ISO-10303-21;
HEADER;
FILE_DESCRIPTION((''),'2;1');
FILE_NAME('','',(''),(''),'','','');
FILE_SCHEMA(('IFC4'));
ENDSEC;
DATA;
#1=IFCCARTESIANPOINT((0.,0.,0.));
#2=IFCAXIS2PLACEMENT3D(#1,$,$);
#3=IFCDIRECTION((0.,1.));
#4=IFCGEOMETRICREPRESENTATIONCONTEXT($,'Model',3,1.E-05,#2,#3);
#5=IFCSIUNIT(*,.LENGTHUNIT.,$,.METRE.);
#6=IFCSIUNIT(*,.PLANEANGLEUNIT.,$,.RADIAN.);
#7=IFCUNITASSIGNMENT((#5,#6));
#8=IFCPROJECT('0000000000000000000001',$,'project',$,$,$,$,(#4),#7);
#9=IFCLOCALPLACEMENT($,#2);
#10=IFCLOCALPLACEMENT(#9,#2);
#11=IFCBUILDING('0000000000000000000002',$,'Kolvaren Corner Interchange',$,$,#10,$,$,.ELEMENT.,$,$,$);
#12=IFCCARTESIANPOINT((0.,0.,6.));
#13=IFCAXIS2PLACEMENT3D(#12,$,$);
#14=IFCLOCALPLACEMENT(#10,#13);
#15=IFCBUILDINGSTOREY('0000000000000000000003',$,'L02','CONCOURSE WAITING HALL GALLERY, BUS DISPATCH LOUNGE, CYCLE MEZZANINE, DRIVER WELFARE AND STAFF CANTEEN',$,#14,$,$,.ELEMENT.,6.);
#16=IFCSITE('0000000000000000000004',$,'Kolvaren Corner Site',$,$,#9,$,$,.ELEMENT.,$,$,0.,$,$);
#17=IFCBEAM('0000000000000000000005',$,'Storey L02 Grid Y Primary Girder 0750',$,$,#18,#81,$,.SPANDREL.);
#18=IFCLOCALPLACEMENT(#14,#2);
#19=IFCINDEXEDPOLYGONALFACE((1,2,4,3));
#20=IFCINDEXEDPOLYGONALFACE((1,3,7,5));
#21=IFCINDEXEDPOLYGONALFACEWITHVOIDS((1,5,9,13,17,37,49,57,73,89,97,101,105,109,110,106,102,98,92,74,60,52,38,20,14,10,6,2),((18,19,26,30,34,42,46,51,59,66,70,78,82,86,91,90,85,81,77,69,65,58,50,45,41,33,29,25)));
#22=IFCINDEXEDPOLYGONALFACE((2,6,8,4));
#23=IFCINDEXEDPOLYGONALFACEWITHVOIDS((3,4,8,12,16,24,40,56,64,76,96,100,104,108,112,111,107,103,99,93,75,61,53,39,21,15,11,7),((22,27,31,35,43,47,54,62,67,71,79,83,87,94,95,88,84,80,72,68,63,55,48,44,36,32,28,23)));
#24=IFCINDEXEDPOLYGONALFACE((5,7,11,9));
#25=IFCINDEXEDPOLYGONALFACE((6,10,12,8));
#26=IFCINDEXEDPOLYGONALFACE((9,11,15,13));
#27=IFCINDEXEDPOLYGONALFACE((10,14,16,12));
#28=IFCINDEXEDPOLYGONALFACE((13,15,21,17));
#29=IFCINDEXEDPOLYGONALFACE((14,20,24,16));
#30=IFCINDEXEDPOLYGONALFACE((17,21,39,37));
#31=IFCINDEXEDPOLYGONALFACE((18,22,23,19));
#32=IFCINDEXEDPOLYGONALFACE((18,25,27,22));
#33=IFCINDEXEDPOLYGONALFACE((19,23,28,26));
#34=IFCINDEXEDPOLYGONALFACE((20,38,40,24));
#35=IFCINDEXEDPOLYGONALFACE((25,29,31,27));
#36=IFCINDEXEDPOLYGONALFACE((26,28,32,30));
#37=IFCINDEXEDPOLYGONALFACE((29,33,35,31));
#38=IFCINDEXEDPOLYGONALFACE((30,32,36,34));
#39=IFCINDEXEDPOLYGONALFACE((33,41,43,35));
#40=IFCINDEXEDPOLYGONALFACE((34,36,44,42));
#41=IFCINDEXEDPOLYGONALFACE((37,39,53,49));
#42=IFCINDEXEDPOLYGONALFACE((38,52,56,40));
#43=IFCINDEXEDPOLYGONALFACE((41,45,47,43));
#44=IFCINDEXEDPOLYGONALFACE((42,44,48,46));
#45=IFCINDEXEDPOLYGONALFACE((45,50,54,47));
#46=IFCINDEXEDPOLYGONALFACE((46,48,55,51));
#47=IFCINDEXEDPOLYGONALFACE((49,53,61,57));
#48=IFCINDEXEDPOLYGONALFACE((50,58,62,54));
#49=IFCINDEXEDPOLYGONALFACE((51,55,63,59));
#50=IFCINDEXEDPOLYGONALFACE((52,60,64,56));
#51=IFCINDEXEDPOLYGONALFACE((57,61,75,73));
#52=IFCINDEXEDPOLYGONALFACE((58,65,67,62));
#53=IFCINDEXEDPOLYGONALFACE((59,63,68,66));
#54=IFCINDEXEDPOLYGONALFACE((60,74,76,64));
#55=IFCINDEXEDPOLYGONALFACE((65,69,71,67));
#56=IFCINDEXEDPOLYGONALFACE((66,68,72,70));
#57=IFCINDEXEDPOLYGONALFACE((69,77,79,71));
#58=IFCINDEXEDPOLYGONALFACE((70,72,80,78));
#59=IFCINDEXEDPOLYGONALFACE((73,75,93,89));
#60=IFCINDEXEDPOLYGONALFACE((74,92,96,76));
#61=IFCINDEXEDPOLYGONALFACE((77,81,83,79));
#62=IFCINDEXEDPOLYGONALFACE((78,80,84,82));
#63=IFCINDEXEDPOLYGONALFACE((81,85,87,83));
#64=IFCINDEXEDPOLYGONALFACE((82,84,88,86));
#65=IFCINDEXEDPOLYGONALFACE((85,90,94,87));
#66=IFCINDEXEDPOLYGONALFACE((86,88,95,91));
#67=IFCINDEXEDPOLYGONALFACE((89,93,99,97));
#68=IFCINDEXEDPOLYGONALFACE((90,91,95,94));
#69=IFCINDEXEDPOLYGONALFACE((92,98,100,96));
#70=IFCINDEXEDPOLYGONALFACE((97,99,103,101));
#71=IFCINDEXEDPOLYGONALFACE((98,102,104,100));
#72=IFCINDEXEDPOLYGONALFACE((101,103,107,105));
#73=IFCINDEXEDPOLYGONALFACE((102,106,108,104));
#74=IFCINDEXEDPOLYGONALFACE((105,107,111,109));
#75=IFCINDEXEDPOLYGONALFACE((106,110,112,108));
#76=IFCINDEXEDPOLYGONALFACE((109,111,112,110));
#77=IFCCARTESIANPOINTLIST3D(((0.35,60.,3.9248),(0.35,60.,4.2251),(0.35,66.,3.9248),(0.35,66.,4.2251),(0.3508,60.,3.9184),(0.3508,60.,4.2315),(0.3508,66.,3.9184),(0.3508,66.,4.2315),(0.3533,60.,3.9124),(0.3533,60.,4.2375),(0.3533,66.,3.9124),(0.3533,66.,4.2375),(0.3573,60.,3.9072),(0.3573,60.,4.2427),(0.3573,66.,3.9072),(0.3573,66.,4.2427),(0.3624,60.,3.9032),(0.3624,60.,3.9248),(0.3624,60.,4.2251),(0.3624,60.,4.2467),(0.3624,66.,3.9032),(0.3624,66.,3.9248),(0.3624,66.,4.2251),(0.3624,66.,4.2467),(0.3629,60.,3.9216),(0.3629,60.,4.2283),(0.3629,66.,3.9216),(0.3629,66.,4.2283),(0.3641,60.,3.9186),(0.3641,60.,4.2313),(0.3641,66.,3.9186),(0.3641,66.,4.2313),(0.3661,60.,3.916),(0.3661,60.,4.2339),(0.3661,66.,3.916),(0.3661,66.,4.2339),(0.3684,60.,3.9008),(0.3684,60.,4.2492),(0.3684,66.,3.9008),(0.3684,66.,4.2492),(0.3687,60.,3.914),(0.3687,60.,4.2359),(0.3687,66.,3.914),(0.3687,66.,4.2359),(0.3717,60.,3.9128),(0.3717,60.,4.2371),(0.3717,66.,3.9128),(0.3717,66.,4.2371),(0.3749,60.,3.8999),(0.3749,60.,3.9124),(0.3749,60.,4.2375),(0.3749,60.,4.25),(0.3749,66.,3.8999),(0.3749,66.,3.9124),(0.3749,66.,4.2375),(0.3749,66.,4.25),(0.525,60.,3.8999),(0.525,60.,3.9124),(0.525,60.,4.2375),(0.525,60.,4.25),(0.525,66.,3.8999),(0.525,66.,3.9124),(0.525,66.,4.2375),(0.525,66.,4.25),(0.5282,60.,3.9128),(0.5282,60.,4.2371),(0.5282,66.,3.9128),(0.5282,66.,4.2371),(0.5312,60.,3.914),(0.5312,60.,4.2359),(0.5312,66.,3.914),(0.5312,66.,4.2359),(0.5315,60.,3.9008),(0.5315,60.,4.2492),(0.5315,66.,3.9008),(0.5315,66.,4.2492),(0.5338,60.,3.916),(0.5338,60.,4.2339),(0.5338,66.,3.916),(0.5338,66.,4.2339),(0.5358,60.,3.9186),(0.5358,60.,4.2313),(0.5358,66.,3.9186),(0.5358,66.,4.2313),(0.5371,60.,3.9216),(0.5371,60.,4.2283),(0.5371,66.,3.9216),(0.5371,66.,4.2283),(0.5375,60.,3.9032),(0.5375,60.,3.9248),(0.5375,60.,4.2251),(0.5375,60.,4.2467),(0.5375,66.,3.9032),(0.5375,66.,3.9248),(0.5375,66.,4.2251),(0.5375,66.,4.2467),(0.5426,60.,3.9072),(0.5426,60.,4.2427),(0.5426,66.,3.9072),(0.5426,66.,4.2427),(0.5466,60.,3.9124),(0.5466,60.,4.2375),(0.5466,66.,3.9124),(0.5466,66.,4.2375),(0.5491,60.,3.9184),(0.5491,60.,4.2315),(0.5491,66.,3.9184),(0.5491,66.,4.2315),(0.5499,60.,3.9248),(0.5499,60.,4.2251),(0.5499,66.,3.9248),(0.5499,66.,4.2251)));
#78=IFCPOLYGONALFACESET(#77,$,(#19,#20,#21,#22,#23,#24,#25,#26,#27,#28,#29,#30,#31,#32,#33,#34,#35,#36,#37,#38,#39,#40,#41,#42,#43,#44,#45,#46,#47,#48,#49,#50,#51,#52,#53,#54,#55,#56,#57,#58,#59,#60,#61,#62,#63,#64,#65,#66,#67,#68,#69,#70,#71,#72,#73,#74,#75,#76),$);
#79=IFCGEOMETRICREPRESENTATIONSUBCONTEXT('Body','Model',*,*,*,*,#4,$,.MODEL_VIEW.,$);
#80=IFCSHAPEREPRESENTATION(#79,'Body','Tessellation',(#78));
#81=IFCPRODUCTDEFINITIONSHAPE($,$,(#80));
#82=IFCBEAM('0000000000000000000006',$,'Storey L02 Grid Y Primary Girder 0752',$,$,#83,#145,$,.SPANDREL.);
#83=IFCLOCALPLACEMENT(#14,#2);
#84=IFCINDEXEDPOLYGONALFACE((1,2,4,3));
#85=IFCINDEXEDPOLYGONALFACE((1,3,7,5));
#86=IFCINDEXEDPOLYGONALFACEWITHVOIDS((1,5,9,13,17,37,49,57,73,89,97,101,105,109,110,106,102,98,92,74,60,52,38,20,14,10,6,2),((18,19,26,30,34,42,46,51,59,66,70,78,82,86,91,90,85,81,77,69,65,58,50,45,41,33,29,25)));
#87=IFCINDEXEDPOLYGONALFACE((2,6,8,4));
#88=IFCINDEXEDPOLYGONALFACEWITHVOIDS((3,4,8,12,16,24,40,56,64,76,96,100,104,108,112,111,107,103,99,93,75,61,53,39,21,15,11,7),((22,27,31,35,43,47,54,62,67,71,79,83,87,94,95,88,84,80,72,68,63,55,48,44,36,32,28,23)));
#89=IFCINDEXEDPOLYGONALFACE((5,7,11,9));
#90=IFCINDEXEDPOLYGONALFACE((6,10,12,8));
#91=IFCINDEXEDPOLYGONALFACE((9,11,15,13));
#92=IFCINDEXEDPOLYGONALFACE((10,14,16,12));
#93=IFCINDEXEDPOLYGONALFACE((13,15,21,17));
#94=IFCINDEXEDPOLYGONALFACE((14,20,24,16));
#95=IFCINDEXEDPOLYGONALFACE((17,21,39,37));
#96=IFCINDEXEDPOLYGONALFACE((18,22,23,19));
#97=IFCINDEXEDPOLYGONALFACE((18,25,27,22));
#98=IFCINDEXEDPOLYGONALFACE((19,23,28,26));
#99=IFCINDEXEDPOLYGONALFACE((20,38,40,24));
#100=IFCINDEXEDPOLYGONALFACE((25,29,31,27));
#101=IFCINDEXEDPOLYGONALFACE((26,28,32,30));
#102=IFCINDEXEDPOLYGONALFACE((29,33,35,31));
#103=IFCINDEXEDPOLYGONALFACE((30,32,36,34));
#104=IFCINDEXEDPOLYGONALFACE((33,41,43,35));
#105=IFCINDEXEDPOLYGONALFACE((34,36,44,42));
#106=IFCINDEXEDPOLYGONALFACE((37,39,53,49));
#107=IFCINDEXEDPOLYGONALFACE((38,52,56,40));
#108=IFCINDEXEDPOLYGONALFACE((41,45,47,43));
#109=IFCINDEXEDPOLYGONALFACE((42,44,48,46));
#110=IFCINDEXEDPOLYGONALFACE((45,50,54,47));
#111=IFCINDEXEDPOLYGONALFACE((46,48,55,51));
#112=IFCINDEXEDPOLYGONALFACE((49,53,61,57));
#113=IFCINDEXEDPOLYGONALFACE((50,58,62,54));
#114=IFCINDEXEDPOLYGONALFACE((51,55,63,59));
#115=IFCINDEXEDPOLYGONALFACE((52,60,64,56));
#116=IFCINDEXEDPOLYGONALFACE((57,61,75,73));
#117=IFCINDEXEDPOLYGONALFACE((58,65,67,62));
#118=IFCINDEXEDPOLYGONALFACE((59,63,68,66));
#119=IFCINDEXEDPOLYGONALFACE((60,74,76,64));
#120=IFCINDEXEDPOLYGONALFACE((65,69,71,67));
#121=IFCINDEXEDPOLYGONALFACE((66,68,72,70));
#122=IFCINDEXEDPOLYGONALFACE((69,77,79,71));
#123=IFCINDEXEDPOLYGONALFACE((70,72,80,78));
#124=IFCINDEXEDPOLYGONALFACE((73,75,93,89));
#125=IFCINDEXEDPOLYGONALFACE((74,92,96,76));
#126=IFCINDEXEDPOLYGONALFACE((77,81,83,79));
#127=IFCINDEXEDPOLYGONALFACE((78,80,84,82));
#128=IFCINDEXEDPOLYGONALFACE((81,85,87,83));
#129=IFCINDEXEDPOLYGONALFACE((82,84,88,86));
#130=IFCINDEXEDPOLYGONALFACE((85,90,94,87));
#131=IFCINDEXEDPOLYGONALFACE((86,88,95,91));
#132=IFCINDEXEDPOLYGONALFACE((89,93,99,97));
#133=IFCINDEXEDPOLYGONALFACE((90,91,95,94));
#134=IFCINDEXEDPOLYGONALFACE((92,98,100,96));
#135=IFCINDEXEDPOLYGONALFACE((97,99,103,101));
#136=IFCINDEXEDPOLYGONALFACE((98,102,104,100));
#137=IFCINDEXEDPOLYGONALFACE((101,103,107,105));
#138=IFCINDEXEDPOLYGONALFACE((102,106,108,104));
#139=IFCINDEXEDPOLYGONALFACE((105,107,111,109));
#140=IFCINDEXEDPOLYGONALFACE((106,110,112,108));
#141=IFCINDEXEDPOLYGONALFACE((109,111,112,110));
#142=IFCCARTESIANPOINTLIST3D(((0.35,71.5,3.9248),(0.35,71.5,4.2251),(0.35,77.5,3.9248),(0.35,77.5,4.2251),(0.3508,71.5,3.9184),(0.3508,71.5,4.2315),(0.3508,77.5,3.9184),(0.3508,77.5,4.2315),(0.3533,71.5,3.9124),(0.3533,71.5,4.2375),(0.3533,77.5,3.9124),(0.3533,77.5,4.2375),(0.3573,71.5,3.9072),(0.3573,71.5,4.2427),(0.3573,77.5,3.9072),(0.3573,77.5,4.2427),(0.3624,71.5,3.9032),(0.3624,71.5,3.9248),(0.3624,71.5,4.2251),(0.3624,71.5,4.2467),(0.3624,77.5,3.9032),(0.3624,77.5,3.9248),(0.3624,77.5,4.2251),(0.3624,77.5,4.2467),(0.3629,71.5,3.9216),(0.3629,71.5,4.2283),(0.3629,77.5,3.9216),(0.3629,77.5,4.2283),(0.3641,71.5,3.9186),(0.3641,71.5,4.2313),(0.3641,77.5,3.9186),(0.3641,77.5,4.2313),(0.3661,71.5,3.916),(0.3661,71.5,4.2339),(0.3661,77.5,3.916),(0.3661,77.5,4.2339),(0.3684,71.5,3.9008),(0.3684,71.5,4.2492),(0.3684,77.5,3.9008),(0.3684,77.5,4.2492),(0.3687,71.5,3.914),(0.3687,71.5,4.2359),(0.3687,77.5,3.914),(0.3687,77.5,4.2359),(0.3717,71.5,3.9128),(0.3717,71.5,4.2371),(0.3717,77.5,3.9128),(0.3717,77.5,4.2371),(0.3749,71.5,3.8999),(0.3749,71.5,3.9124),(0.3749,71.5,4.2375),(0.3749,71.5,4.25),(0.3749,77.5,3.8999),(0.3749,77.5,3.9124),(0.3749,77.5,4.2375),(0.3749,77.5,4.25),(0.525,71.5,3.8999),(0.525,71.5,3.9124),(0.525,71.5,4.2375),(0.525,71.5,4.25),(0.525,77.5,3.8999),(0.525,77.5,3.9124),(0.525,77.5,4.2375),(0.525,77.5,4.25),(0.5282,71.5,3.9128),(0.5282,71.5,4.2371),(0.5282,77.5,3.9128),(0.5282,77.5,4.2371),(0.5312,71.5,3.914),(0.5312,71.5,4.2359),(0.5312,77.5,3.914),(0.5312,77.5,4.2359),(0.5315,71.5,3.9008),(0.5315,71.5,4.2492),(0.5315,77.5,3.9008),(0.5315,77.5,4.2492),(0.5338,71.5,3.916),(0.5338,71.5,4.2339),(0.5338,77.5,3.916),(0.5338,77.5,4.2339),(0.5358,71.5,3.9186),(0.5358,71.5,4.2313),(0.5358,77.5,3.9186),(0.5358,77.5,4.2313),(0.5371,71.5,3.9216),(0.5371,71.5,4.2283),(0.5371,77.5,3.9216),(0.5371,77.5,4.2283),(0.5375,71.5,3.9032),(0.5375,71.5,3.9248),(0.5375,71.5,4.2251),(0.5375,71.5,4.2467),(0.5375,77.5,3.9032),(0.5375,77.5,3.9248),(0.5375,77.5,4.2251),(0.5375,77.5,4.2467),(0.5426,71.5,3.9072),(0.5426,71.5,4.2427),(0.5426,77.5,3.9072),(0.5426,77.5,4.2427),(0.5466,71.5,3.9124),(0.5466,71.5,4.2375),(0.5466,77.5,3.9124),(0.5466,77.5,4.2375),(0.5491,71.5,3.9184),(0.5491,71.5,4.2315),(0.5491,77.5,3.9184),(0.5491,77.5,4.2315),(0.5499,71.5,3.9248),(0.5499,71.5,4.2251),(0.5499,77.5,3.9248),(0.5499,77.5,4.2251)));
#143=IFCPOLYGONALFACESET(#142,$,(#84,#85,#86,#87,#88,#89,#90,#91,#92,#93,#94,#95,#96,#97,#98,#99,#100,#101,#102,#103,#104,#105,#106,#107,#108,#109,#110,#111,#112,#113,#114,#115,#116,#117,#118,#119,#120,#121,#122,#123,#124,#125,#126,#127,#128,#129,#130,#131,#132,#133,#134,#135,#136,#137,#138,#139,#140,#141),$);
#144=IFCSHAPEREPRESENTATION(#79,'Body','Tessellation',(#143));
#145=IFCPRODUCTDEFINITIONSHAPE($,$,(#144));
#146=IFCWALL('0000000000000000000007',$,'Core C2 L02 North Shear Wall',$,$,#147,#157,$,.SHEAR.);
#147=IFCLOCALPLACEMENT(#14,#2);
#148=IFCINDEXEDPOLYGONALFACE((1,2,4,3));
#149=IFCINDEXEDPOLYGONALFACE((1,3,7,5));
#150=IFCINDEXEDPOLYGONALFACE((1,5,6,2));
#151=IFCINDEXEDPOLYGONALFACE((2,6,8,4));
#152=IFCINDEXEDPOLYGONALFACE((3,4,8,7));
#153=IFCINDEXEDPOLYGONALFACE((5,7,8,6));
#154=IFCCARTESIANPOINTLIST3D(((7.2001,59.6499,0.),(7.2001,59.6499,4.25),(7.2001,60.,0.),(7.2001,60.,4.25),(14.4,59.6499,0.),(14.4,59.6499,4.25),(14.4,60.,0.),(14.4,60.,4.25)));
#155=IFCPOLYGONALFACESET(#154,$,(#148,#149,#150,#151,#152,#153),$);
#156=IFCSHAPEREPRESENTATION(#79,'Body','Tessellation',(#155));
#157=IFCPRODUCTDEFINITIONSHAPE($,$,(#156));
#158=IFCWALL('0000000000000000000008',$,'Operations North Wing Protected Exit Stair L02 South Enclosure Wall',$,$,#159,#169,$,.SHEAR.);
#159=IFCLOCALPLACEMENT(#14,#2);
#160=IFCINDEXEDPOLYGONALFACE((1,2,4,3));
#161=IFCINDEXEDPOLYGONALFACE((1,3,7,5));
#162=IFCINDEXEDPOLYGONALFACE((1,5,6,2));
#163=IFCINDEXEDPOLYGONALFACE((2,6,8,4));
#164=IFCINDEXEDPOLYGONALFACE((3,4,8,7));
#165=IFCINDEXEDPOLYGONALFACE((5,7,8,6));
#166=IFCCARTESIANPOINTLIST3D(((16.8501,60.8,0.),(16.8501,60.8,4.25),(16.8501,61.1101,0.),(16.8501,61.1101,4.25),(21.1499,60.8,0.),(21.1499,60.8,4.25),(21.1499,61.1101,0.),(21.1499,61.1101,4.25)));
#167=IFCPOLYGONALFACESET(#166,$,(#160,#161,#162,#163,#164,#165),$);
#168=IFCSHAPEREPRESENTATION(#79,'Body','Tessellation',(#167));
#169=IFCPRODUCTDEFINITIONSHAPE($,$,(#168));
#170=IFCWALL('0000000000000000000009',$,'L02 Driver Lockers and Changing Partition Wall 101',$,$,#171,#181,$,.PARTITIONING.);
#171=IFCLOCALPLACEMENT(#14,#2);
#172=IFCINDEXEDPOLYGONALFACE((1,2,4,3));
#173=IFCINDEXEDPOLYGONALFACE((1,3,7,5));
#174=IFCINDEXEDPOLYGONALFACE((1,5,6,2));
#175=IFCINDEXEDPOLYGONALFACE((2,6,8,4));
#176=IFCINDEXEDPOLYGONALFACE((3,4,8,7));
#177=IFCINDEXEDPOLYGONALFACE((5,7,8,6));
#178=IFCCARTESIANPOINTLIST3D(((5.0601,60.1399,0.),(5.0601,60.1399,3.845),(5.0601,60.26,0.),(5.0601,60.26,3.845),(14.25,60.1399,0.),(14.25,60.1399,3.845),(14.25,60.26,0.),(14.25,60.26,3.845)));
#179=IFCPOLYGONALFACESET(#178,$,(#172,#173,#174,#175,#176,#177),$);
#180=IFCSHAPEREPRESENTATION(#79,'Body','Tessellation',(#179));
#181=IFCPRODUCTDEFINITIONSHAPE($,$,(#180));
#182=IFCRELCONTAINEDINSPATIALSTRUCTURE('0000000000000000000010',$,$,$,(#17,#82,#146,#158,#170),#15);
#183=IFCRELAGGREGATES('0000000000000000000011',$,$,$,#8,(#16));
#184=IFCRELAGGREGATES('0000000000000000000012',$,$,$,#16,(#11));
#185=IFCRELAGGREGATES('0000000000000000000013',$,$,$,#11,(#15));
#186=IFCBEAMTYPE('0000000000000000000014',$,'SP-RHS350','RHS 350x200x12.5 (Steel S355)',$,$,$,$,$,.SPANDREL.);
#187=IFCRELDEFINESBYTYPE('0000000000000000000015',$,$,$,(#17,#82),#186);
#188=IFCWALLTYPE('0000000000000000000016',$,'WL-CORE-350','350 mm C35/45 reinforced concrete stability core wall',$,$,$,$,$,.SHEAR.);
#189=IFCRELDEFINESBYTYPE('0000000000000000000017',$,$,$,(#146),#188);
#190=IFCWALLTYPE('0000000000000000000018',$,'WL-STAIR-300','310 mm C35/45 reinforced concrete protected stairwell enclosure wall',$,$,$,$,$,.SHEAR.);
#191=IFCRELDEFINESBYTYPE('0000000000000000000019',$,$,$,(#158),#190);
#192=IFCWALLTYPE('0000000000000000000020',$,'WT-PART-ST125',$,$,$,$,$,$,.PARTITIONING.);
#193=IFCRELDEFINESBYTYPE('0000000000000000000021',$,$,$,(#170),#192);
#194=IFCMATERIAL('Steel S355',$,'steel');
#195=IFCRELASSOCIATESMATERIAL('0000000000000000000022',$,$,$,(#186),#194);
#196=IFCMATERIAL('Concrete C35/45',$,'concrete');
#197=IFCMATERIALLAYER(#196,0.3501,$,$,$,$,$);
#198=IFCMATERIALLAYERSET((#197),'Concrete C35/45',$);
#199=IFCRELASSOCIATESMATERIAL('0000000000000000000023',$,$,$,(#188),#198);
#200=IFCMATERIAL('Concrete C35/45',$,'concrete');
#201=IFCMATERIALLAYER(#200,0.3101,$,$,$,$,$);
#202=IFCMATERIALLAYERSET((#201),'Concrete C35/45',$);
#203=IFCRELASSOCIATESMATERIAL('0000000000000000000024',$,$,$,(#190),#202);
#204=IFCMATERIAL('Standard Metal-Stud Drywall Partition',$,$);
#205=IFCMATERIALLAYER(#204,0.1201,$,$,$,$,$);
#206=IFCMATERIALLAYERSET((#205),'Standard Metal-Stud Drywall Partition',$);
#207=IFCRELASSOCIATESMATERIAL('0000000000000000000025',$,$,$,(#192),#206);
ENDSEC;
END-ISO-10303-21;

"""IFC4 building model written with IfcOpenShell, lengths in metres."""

from ifc_helpers import new_model, si_unit, direction, frame, frame_2d, origin, origin_2d, place, context, subcontext, project, spatial, rectangle, hollow_rectangle, extrude, material, layer, layer_set, material_profile, profile_set, type_object, element, save


model = new_model("IFC4")

# Units and contexts
model_context = context("Model", 3, precision=1e-05, world=origin(), true_north=direction((0.0, 1.0)))
body_context = subcontext(model_context, "Body", "Model", "MODEL_VIEW")
ifc_project = project(units=[si_unit("LENGTHUNIT", "METRE"), si_unit("PLANEANGLEUNIT", "RADIAN")], contexts=[model_context])

# Site, building, storey
site_placement = place(None, origin())
site = spatial("IfcSite", under=ifc_project, at=site_placement, Name="Kolvaren Corner Site", CompositionType="ELEMENT", RefElevation=0.0)
building_placement = place(site_placement, origin())
building = spatial("IfcBuilding", under=site, at=building_placement, Name="Kolvaren Corner Interchange", CompositionType="ELEMENT")
storey_placement = place(building_placement, frame((0.0, 0.0, 6.0)))
storey = spatial("IfcBuildingStorey", under=building, at=storey_placement, Name="L02", Description="CONCOURSE WAITING HALL GALLERY, BUS DISPATCH LOUNGE, CYCLE MEZZANINE, DRIVER WELFARE AND STAFF CANTEEN", CompositionType="ELEMENT", Elevation=6.0)

# Beams
ifc_material_1 = material(Name="Steel S355", Category="steel")
ifc_material_profile_1 = material_profile(ifc_material_1, hollow_rectangle(XDim=0.2, YDim=0.3501, WallThickness=0.0125, InnerFilletRadius=0.0125, OuterFilletRadius=0.0249, at=origin_2d()), Name="RHS 350x200x12.5")
ifc_profile_set_1 = profile_set([ifc_material_profile_1], Name="Steel S355")
beam_type_1 = type_object("IfcBeamType", Name="SP-RHS350", Description="RHS 350x200x12.5 (Steel S355)", PredefinedType="SPANDREL", material=ifc_profile_set_1)
for number, where, z_axis, x_axis, name in (
    (1, (0.45, 60.0, 4.075), (0.0, 1.0, 0.0), (-1.0, 0.0, 0.0), "Storey L02 Grid Y Primary Girder 0750"),
    (2, (0.45, 71.5, 4.075), (0.0, 1.0, 0.0), (-1.0, 0.0, 0.0), "Storey L02 Grid Y Primary Girder 0752"),
):
    element("IfcBeam", number, at=place(storey_placement, frame(where, z_axis=z_axis, x_axis=x_axis)), inside=storey, type_object=beam_type_1, Name=name, PredefinedType="SPANDREL", context=body_context, shape_type="SweptSolid", body=[
        extrude(hollow_rectangle(XDim=0.2, YDim=0.3501, WallThickness=0.0125, InnerFilletRadius=0.0125, OuterFilletRadius=0.0249, at=origin_2d()), origin(), (0.0, 0.0, 1.0), 6.0),
    ])

# Walls
ifc_material_2 = material(Name="Concrete C35/45", Category="concrete")
ifc_layer_1 = layer(ifc_material_2, 0.3501)
ifc_layer_set_1 = layer_set([ifc_layer_1], Name="Concrete C35/45")
wall_type_1 = type_object("IfcWallType", Name="WL-CORE-350", Description="350 mm C35/45 reinforced concrete stability core wall", PredefinedType="SHEAR", material=ifc_layer_set_1)
wall_1_placement = place(storey_placement, frame((7.2, 59.825, 0.0), z_axis=(0.0, 0.0, 1.0), x_axis=(1.0, 0.0, 0.0)))
element("IfcWall", 3, at=wall_1_placement, inside=storey, type_object=wall_type_1, Name="Core C2 L02 North Shear Wall", PredefinedType="SHEAR", context=body_context, shape_type="SweptSolid", body=[
    extrude(rectangle(XDim=7.2, YDim=0.3501, at=frame_2d((3.6001, 0.0))), origin(), (0.0, 0.0, 1.0), 4.25),
])
ifc_material_3 = material(Name="Concrete C35/45", Category="concrete")
ifc_layer_2 = layer(ifc_material_3, 0.3101)
ifc_layer_set_2 = layer_set([ifc_layer_2], Name="Concrete C35/45")
wall_type_2 = type_object("IfcWallType", Name="WL-STAIR-300", Description="310 mm C35/45 reinforced concrete protected stairwell enclosure wall", PredefinedType="SHEAR", material=ifc_layer_set_2)
wall_2_placement = place(storey_placement, frame((16.8501, 60.9551, 0.0), z_axis=(0.0, 0.0, 1.0), x_axis=(1.0, 0.0, 0.0)))
element("IfcWall", 4, at=wall_2_placement, inside=storey, type_object=wall_type_2, Name="Operations North Wing Protected Exit Stair L02 South Enclosure Wall", PredefinedType="SHEAR", context=body_context, shape_type="SweptSolid", body=[
    extrude(rectangle(XDim=4.2998, YDim=0.3101, at=frame_2d((2.1499, 0.0))), origin(), (0.0, 0.0, 1.0), 4.25),
])
ifc_material_4 = material(Name="Standard Metal-Stud Drywall Partition")
ifc_layer_3 = layer(ifc_material_4, 0.1201)
ifc_layer_set_3 = layer_set([ifc_layer_3], Name="Standard Metal-Stud Drywall Partition")
wall_type_3 = type_object("IfcWallType", Name="WT-PART-ST125", PredefinedType="PARTITIONING", material=ifc_layer_set_3)
wall_3_placement = place(storey_placement, frame((5.0601, 60.2, 0.0), z_axis=(0.0, 0.0, 1.0), x_axis=(1.0, 0.0, 0.0)))
element("IfcWall", 5, at=wall_3_placement, inside=storey, type_object=wall_type_3, Name="L02 Driver Lockers and Changing Partition Wall 101", PredefinedType="PARTITIONING", context=body_context, shape_type="SweptSolid", body=[
    extrude(rectangle(XDim=9.1899, YDim=0.1201, at=frame_2d((4.595, 0.0))), origin(), (0.0, 0.0, 1.0), 3.845),
])

save(model, "model.ifc")
